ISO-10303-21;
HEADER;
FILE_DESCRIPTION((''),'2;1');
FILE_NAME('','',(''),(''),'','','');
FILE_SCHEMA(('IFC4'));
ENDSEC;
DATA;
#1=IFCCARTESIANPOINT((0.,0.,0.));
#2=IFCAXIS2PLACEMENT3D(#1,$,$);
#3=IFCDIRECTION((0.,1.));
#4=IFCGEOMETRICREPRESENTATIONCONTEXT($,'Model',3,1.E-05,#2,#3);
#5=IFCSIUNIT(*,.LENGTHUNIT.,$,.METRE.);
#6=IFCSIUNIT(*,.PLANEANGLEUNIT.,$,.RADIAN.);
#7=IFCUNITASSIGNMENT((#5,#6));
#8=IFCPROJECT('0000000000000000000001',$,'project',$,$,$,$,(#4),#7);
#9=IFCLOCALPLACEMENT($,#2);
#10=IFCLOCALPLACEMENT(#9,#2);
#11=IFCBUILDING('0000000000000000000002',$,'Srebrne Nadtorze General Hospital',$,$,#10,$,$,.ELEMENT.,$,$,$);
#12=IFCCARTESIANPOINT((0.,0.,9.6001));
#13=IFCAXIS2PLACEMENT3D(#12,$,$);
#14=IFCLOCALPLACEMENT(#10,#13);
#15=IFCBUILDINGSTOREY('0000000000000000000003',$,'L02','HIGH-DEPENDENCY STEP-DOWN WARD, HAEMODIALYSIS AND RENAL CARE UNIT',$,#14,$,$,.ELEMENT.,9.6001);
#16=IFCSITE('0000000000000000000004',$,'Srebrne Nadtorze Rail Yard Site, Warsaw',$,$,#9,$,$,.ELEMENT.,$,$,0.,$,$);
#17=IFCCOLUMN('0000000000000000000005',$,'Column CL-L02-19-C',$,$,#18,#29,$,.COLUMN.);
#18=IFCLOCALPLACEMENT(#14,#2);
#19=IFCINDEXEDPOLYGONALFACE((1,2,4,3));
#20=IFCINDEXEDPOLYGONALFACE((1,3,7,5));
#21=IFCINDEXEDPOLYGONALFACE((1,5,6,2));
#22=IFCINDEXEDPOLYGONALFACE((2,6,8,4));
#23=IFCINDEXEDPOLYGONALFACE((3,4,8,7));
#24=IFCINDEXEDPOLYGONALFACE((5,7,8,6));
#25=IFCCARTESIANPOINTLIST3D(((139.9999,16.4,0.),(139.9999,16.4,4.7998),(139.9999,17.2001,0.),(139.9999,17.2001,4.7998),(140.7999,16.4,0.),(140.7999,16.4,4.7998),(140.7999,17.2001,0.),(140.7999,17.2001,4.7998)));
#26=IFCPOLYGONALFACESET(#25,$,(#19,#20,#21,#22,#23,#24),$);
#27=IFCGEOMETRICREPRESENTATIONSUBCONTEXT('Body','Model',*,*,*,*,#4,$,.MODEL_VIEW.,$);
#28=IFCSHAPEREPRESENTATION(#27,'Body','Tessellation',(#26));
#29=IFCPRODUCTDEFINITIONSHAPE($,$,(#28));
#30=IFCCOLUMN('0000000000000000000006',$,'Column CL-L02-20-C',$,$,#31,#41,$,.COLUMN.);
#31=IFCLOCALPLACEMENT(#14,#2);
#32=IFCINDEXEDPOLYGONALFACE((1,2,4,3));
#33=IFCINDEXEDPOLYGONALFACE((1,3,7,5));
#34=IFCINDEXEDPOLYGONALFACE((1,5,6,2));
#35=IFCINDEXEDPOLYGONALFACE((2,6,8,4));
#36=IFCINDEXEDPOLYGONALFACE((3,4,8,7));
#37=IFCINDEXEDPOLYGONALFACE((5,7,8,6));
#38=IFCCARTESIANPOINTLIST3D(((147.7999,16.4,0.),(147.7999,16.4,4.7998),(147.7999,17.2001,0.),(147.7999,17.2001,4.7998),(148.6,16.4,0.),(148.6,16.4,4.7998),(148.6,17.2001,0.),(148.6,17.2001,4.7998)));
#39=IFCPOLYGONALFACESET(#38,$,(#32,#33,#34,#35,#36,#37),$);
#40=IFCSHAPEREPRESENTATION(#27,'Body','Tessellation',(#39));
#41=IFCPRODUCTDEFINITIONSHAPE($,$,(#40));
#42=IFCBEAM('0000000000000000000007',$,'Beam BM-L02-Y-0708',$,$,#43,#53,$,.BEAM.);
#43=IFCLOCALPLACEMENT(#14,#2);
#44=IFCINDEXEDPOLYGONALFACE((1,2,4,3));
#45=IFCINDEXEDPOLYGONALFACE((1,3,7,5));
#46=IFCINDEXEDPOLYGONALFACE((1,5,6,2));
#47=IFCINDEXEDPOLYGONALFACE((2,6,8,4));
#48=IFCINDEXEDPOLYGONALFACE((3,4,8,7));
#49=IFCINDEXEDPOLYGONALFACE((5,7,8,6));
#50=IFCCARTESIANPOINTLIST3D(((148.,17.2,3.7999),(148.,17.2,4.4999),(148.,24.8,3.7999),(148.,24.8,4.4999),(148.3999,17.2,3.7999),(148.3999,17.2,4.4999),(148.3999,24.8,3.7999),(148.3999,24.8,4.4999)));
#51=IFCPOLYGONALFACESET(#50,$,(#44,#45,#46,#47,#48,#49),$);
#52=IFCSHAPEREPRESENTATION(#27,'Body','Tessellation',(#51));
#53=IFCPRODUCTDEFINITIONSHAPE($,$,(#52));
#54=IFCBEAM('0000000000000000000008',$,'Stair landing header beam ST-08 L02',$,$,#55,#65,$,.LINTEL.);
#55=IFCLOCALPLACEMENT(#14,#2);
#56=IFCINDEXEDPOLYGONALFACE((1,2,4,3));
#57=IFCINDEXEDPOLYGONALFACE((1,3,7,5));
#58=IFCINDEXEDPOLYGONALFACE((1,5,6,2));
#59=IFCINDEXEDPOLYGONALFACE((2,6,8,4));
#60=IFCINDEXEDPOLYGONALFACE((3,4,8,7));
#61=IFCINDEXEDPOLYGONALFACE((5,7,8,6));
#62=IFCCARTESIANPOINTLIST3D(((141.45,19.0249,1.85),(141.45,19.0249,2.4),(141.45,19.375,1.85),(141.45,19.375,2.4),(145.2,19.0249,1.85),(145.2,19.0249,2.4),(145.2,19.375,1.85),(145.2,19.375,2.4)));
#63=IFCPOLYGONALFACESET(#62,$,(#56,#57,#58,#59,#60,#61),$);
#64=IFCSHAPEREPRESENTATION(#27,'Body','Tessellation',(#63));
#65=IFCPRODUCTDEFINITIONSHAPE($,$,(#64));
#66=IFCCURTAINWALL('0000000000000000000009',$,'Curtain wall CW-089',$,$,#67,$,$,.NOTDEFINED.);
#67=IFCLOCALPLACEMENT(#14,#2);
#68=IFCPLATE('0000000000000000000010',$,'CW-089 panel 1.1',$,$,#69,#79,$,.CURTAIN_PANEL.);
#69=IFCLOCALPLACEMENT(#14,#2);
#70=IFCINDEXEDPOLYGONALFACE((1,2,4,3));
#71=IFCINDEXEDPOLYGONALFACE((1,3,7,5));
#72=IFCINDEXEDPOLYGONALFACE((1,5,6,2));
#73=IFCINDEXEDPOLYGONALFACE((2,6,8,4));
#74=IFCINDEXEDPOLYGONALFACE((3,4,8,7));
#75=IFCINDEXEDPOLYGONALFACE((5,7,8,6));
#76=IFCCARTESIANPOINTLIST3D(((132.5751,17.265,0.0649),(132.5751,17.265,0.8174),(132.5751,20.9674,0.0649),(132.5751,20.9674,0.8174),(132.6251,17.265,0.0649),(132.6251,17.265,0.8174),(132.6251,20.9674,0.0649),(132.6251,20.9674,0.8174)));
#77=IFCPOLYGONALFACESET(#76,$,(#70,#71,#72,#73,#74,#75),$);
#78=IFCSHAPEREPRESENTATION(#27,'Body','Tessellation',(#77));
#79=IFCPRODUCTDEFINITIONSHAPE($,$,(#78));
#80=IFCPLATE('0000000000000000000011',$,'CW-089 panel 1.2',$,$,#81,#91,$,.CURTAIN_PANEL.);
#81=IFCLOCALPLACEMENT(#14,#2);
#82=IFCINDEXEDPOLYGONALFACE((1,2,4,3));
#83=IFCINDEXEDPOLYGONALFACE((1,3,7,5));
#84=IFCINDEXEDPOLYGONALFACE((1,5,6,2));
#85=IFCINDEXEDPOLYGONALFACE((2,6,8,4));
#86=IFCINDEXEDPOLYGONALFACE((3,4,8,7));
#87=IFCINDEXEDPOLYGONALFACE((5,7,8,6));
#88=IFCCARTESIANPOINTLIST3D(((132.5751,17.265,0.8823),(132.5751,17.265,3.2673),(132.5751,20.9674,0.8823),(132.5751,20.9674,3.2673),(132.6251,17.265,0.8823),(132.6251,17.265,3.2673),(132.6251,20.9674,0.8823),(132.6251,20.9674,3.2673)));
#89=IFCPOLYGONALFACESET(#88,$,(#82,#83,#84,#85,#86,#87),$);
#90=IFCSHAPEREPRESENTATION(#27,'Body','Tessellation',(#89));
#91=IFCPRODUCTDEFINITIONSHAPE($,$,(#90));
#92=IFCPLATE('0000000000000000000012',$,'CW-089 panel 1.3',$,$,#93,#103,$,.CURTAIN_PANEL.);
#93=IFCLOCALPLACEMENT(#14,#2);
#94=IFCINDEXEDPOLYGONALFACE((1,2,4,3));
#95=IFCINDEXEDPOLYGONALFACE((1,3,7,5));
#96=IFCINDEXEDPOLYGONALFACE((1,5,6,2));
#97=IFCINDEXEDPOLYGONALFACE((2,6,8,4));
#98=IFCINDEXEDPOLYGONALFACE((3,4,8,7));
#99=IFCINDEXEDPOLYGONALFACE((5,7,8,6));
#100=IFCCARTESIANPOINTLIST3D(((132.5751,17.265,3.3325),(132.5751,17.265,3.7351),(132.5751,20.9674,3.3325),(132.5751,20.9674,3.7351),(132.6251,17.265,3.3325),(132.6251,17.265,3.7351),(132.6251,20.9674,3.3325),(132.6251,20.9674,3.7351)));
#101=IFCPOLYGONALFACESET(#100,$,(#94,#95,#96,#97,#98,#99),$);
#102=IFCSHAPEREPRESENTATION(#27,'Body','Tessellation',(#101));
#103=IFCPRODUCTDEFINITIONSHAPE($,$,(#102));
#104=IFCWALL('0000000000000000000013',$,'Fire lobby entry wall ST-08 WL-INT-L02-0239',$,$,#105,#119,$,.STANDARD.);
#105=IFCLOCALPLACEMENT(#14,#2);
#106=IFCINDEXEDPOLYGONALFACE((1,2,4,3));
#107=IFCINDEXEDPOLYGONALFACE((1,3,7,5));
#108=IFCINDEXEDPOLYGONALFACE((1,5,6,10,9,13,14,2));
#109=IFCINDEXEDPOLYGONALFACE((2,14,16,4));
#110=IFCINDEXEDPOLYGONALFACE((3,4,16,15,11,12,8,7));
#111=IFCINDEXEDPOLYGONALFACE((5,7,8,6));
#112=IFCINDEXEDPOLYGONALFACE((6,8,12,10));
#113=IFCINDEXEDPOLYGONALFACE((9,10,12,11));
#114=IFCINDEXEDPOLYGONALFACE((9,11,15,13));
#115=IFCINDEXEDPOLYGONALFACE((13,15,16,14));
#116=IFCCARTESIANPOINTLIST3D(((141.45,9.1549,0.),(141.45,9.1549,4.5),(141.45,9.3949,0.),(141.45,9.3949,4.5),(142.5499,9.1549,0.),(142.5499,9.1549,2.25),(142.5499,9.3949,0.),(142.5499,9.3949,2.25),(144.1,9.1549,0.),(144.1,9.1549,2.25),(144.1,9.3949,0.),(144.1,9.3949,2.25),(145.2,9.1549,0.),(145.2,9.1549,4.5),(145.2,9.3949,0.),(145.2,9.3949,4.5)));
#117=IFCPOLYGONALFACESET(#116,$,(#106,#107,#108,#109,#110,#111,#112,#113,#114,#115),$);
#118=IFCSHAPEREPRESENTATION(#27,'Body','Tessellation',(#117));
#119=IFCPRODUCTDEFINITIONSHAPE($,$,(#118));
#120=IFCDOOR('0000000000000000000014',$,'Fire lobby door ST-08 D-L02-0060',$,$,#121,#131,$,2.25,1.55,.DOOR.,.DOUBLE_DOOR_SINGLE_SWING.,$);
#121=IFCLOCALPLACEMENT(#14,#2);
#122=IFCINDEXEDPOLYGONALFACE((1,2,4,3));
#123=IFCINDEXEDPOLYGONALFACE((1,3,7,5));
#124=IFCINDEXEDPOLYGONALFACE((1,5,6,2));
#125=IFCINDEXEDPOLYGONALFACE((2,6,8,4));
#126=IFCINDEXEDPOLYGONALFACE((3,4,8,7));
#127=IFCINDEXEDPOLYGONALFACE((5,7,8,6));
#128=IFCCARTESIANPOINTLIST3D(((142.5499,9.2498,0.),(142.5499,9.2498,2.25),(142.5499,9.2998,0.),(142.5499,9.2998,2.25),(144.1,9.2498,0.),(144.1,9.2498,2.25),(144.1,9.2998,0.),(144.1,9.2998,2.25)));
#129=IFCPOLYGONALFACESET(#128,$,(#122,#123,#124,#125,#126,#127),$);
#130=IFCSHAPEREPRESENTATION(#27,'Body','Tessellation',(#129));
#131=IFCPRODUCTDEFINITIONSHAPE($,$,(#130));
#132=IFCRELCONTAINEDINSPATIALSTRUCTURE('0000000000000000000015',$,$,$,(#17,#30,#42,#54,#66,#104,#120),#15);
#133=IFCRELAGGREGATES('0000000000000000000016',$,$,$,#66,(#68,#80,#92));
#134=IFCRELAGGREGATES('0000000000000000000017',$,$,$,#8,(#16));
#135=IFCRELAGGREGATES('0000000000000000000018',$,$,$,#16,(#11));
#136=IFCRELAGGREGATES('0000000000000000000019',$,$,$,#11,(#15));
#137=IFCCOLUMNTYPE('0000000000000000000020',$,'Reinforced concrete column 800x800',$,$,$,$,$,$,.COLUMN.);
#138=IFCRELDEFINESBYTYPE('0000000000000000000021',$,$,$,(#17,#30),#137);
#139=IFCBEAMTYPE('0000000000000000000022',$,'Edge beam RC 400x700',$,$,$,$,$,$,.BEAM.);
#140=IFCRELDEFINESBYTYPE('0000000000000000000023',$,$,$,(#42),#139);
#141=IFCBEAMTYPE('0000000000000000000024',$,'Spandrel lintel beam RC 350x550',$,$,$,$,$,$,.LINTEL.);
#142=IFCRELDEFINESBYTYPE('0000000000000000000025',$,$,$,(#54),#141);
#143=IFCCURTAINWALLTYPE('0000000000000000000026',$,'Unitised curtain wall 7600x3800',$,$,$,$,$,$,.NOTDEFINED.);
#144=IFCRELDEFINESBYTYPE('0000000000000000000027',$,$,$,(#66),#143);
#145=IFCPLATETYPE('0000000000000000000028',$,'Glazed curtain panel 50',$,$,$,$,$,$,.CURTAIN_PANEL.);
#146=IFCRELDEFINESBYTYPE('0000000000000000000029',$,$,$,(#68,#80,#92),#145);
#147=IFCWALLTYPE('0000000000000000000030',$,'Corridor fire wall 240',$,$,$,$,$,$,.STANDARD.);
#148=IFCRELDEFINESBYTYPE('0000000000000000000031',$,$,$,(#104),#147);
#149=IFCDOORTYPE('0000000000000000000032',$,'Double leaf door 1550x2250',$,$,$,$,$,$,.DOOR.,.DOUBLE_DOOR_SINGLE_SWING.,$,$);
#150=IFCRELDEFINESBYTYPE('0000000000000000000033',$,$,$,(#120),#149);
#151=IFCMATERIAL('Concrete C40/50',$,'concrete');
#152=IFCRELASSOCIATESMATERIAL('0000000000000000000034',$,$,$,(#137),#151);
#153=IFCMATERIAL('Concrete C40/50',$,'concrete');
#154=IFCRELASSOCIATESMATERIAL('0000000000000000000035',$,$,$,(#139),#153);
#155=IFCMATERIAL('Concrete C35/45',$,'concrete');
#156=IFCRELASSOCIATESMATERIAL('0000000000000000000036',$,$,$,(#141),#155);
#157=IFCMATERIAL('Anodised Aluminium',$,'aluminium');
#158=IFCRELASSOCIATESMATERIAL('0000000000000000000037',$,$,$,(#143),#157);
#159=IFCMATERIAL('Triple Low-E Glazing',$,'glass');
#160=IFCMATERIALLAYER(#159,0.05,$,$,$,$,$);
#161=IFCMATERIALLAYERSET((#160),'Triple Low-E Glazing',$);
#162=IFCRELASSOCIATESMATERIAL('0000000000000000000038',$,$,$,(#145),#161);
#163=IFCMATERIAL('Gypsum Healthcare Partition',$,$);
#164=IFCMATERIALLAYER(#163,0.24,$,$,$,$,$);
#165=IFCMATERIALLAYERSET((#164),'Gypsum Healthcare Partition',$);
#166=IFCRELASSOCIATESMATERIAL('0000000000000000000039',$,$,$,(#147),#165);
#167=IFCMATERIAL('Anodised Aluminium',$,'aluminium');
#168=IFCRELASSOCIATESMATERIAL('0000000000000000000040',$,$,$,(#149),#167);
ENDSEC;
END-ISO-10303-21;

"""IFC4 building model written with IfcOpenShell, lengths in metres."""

from ifc_helpers import new_model, si_unit, direction, frame, frame_2d, origin, origin_2d, place, context, subcontext, project, spatial, rectangle, extrude, material, layer, layer_set, material_profile, profile_set, type_object, element, fill, aggregate, save


model = new_model("IFC4")

# Units and contexts
model_context = context("Model", 3, precision=1e-05, world=origin(), true_north=direction((0.0, 1.0)))
body_context = subcontext(model_context, "Body", "Model", "MODEL_VIEW")
ifc_project = project(units=[si_unit("LENGTHUNIT", "METRE"), si_unit("PLANEANGLEUNIT", "RADIAN")], contexts=[model_context])

# Site, building, storey
site_placement = place(None, origin())
site = spatial("IfcSite", under=ifc_project, at=site_placement, Name="Srebrne Nadtorze Rail Yard Site, Warsaw", CompositionType="ELEMENT", RefElevation=0.0)
building_placement = place(site_placement, origin())
building = spatial("IfcBuilding", under=site, at=building_placement, Name="Srebrne Nadtorze General Hospital", CompositionType="ELEMENT")
storey_placement = place(building_placement, frame((0.0, 0.0, 9.6001)))
storey = spatial("IfcBuildingStorey", under=building, at=storey_placement, Name="L02", Description="HIGH-DEPENDENCY STEP-DOWN WARD, HAEMODIALYSIS AND RENAL CARE UNIT", CompositionType="ELEMENT", Elevation=9.6001)

# Columns
ifc_material_1 = material(Name="Concrete C40/50", Category="concrete")
ifc_material_profile_1 = material_profile(ifc_material_1, rectangle(XDim=0.8, YDim=0.8, at=origin_2d()), Name="RC-COL-800x800")
ifc_profile_set_1 = profile_set([ifc_material_profile_1], Name="Concrete C40/50")
column_type = type_object("IfcColumnType", Name="Reinforced concrete column 800x800", PredefinedType="COLUMN", material=ifc_profile_set_1)
for number, where, z_axis, x_axis, name in (
    (1, (140.3999, 16.8, 0.0), (0.0, 0.0, 1.0), (1.0, 0.0, 0.0), "Column CL-L02-19-C"),
    (2, (148.2, 16.8, 0.0), (0.0, 0.0, 1.0), (1.0, 0.0, 0.0), "Column CL-L02-20-C"),
):
    element("IfcColumn", number, at=place(storey_placement, frame(where, z_axis=z_axis, x_axis=x_axis)), inside=storey, type_object=column_type, Name=name, PredefinedType="COLUMN", context=body_context, shape_type="SweptSolid", body=[
        extrude(rectangle(XDim=0.8, YDim=0.8, at=origin_2d()), origin(), (0.0, 0.0, 1.0), 4.7998),
    ])

# Beams
ifc_material_2 = material(Name="Concrete C40/50", Category="concrete")
ifc_material_profile_2 = material_profile(ifc_material_2, rectangle(XDim=0.3999, YDim=0.7, at=origin_2d()), Name="RC-BM-400x700")
ifc_profile_set_2 = profile_set([ifc_material_profile_2], Name="Concrete C40/50")
beam_type_1 = type_object("IfcBeamType", Name="Edge beam RC 400x700", PredefinedType="BEAM", material=ifc_profile_set_2)
beam_1_placement = place(storey_placement, frame((148.2, 17.2, 4.1499), z_axis=(0.0, 1.0, 0.0), x_axis=(-1.0, 0.0, 0.0)))
element("IfcBeam", 3, at=beam_1_placement, inside=storey, type_object=beam_type_1, Name="Beam BM-L02-Y-0708", PredefinedType="BEAM", context=body_context, shape_type="SweptSolid", body=[
    extrude(rectangle(XDim=0.3999, YDim=0.7, at=origin_2d()), origin(), (0.0, 0.0, 1.0), 7.6001),
])
ifc_material_3 = material(Name="Concrete C35/45", Category="concrete")
ifc_material_profile_3 = material_profile(ifc_material_3, rectangle(XDim=0.3501, YDim=0.55, at=origin_2d()), Name="RC-BM-350x550")
ifc_profile_set_3 = profile_set([ifc_material_profile_3], Name="Concrete C35/45")
beam_type_2 = type_object("IfcBeamType", Name="Spandrel lintel beam RC 350x550", PredefinedType="LINTEL", material=ifc_profile_set_3)
beam_2_placement = place(storey_placement, frame((141.45, 19.2, 2.125), z_axis=(1.0, 0.0, 0.0), x_axis=(0.0, 1.0, 0.0)))
element("IfcBeam", 4, at=beam_2_placement, inside=storey, type_object=beam_type_2, Name="Stair landing header beam ST-08 L02", PredefinedType="LINTEL", context=body_context, shape_type="SweptSolid", body=[
    extrude(rectangle(XDim=0.3501, YDim=0.55, at=origin_2d()), origin(), (0.0, 0.0, 1.0), 3.75),
])

# Curtain wall, plates
ifc_material_4 = material(Name="Anodised Aluminium", Category="aluminium")
curtain_wall_type = type_object("IfcCurtainWallType", Name="Unitised curtain wall 7600x3800", PredefinedType="NOTDEFINED", material=ifc_material_4)
curtain_wall_placement = place(storey_placement, origin())
curtain_wall = element("IfcCurtainWall", 5, at=curtain_wall_placement, inside=storey, type_object=curtain_wall_type, Name="Curtain wall CW-089", PredefinedType="NOTDEFINED")
ifc_material_5 = material(Name="Triple Low-E Glazing", Category="glass")
ifc_layer_1 = layer(ifc_material_5, 0.05)
ifc_layer_set_1 = layer_set([ifc_layer_1], Name="Triple Low-E Glazing")
plate_type = type_object("IfcPlateType", Name="Glazed curtain panel 50", PredefinedType="CURTAIN_PANEL", material=ifc_layer_set_1)
plate_1_placement = place(storey_placement, frame((132.6001, 19.1162, 0.0649), z_axis=(0.0, 0.0, 1.0), x_axis=(0.0, 1.0, 0.0)))
plate_1 = element("IfcPlate", 6, at=plate_1_placement, type_object=plate_type, Name="CW-089 panel 1.1", PredefinedType="CURTAIN_PANEL", context=body_context, shape_type="SweptSolid", body=[
    extrude(rectangle(XDim=3.7024, YDim=0.05, at=origin_2d()), origin(), (0.0, 0.0, 1.0), 0.7524),
])
plate_2_placement = place(storey_placement, frame((132.6001, 19.1162, 0.8823), z_axis=(0.0, 0.0, 1.0), x_axis=(0.0, 1.0, 0.0)))
plate_2 = element("IfcPlate", 7, at=plate_2_placement, type_object=plate_type, Name="CW-089 panel 1.2", PredefinedType="CURTAIN_PANEL", context=body_context, shape_type="SweptSolid", body=[
    extrude(rectangle(XDim=3.7024, YDim=0.05, at=origin_2d()), origin(), (0.0, 0.0, 1.0), 2.385),
])
plate_3_placement = place(storey_placement, frame((132.6001, 19.1162, 3.3325), z_axis=(0.0, 0.0, 1.0), x_axis=(0.0, 1.0, 0.0)))
plate_3 = element("IfcPlate", 8, at=plate_3_placement, type_object=plate_type, Name="CW-089 panel 1.3", PredefinedType="CURTAIN_PANEL", context=body_context, shape_type="SweptSolid", body=[
    extrude(rectangle(XDim=3.7024, YDim=0.05, at=origin_2d()), origin(), (0.0, 0.0, 1.0), 0.4026),
])
aggregate(curtain_wall, [plate_1, plate_2, plate_3])

# Shared definitions
ifc_material_6 = material(Name="Gypsum Healthcare Partition")
ifc_layer_2 = layer(ifc_material_6, 0.24)
ifc_layer_set_2 = layer_set([ifc_layer_2], Name="Gypsum Healthcare Partition")
wall_type_1 = type_object("IfcWallType", Name="Corridor fire wall 240", PredefinedType="STANDARD", material=ifc_layer_set_2)

# Wall, opening, door
wall_1_placement = place(storey_placement, frame((141.45, 9.2749, 0.0), z_axis=(0.0, 0.0, 1.0), x_axis=(1.0, 0.0, 0.0)))
wall_1 = element("IfcWall", 9, at=wall_1_placement, inside=storey, type_object=wall_type_1, Name="Fire lobby entry wall ST-08 WL-INT-L02-0239", PredefinedType="STANDARD", context=body_context, shape_type="SweptSolid", body=[
    extrude(rectangle(XDim=3.75, YDim=0.24, at=frame_2d((1.875, 0.0))), origin(), (0.0, 0.0, 1.0), 4.5),
])
opening_1_placement = place(wall_1_placement, frame((1.1001, 0.0, 0.0)))
opening_1 = element("IfcOpeningElement", 10, at=opening_1_placement, cuts=wall_1, PredefinedType="OPENING", context=body_context, shape_type="SweptSolid", body=[
    extrude(rectangle(XDim=1.55, YDim=2.25, at=frame_2d((0.7749, 1.125))), frame((0.0, 0.1318, 0.0), z_axis=(0.0, -1.0, 0.0), x_axis=(1.0, 0.0, 0.0)), (0.0, 0.0, 1.0), 0.2639),
])
ifc_material_7 = material(Name="Anodised Aluminium", Category="aluminium")
door_type = type_object("IfcDoorType", Name="Double leaf door 1550x2250", OperationType="DOUBLE_DOOR_SINGLE_SWING", PredefinedType="DOOR", material=ifc_material_7)
door_1_placement = place(opening_1_placement, origin())
door_1 = element("IfcDoor", 11, at=door_1_placement, inside=storey, type_object=door_type, Name="Fire lobby door ST-08 D-L02-0060", OperationType="DOUBLE_DOOR_SINGLE_SWING", OverallHeight=2.25, OverallWidth=1.55, PredefinedType="DOOR", context=body_context, shape_type="SweptSolid", body=[
    extrude(rectangle(XDim=1.55, YDim=2.25, at=frame_2d((0.7749, 1.125))), frame((0.0, 0.0249, 0.0), z_axis=(0.0, -1.0, 0.0), x_axis=(1.0, 0.0, 0.0)), (0.0, 0.0, 1.0), 0.05),
])
fill(opening_1, door_1)

save(model, "model.ifc")
